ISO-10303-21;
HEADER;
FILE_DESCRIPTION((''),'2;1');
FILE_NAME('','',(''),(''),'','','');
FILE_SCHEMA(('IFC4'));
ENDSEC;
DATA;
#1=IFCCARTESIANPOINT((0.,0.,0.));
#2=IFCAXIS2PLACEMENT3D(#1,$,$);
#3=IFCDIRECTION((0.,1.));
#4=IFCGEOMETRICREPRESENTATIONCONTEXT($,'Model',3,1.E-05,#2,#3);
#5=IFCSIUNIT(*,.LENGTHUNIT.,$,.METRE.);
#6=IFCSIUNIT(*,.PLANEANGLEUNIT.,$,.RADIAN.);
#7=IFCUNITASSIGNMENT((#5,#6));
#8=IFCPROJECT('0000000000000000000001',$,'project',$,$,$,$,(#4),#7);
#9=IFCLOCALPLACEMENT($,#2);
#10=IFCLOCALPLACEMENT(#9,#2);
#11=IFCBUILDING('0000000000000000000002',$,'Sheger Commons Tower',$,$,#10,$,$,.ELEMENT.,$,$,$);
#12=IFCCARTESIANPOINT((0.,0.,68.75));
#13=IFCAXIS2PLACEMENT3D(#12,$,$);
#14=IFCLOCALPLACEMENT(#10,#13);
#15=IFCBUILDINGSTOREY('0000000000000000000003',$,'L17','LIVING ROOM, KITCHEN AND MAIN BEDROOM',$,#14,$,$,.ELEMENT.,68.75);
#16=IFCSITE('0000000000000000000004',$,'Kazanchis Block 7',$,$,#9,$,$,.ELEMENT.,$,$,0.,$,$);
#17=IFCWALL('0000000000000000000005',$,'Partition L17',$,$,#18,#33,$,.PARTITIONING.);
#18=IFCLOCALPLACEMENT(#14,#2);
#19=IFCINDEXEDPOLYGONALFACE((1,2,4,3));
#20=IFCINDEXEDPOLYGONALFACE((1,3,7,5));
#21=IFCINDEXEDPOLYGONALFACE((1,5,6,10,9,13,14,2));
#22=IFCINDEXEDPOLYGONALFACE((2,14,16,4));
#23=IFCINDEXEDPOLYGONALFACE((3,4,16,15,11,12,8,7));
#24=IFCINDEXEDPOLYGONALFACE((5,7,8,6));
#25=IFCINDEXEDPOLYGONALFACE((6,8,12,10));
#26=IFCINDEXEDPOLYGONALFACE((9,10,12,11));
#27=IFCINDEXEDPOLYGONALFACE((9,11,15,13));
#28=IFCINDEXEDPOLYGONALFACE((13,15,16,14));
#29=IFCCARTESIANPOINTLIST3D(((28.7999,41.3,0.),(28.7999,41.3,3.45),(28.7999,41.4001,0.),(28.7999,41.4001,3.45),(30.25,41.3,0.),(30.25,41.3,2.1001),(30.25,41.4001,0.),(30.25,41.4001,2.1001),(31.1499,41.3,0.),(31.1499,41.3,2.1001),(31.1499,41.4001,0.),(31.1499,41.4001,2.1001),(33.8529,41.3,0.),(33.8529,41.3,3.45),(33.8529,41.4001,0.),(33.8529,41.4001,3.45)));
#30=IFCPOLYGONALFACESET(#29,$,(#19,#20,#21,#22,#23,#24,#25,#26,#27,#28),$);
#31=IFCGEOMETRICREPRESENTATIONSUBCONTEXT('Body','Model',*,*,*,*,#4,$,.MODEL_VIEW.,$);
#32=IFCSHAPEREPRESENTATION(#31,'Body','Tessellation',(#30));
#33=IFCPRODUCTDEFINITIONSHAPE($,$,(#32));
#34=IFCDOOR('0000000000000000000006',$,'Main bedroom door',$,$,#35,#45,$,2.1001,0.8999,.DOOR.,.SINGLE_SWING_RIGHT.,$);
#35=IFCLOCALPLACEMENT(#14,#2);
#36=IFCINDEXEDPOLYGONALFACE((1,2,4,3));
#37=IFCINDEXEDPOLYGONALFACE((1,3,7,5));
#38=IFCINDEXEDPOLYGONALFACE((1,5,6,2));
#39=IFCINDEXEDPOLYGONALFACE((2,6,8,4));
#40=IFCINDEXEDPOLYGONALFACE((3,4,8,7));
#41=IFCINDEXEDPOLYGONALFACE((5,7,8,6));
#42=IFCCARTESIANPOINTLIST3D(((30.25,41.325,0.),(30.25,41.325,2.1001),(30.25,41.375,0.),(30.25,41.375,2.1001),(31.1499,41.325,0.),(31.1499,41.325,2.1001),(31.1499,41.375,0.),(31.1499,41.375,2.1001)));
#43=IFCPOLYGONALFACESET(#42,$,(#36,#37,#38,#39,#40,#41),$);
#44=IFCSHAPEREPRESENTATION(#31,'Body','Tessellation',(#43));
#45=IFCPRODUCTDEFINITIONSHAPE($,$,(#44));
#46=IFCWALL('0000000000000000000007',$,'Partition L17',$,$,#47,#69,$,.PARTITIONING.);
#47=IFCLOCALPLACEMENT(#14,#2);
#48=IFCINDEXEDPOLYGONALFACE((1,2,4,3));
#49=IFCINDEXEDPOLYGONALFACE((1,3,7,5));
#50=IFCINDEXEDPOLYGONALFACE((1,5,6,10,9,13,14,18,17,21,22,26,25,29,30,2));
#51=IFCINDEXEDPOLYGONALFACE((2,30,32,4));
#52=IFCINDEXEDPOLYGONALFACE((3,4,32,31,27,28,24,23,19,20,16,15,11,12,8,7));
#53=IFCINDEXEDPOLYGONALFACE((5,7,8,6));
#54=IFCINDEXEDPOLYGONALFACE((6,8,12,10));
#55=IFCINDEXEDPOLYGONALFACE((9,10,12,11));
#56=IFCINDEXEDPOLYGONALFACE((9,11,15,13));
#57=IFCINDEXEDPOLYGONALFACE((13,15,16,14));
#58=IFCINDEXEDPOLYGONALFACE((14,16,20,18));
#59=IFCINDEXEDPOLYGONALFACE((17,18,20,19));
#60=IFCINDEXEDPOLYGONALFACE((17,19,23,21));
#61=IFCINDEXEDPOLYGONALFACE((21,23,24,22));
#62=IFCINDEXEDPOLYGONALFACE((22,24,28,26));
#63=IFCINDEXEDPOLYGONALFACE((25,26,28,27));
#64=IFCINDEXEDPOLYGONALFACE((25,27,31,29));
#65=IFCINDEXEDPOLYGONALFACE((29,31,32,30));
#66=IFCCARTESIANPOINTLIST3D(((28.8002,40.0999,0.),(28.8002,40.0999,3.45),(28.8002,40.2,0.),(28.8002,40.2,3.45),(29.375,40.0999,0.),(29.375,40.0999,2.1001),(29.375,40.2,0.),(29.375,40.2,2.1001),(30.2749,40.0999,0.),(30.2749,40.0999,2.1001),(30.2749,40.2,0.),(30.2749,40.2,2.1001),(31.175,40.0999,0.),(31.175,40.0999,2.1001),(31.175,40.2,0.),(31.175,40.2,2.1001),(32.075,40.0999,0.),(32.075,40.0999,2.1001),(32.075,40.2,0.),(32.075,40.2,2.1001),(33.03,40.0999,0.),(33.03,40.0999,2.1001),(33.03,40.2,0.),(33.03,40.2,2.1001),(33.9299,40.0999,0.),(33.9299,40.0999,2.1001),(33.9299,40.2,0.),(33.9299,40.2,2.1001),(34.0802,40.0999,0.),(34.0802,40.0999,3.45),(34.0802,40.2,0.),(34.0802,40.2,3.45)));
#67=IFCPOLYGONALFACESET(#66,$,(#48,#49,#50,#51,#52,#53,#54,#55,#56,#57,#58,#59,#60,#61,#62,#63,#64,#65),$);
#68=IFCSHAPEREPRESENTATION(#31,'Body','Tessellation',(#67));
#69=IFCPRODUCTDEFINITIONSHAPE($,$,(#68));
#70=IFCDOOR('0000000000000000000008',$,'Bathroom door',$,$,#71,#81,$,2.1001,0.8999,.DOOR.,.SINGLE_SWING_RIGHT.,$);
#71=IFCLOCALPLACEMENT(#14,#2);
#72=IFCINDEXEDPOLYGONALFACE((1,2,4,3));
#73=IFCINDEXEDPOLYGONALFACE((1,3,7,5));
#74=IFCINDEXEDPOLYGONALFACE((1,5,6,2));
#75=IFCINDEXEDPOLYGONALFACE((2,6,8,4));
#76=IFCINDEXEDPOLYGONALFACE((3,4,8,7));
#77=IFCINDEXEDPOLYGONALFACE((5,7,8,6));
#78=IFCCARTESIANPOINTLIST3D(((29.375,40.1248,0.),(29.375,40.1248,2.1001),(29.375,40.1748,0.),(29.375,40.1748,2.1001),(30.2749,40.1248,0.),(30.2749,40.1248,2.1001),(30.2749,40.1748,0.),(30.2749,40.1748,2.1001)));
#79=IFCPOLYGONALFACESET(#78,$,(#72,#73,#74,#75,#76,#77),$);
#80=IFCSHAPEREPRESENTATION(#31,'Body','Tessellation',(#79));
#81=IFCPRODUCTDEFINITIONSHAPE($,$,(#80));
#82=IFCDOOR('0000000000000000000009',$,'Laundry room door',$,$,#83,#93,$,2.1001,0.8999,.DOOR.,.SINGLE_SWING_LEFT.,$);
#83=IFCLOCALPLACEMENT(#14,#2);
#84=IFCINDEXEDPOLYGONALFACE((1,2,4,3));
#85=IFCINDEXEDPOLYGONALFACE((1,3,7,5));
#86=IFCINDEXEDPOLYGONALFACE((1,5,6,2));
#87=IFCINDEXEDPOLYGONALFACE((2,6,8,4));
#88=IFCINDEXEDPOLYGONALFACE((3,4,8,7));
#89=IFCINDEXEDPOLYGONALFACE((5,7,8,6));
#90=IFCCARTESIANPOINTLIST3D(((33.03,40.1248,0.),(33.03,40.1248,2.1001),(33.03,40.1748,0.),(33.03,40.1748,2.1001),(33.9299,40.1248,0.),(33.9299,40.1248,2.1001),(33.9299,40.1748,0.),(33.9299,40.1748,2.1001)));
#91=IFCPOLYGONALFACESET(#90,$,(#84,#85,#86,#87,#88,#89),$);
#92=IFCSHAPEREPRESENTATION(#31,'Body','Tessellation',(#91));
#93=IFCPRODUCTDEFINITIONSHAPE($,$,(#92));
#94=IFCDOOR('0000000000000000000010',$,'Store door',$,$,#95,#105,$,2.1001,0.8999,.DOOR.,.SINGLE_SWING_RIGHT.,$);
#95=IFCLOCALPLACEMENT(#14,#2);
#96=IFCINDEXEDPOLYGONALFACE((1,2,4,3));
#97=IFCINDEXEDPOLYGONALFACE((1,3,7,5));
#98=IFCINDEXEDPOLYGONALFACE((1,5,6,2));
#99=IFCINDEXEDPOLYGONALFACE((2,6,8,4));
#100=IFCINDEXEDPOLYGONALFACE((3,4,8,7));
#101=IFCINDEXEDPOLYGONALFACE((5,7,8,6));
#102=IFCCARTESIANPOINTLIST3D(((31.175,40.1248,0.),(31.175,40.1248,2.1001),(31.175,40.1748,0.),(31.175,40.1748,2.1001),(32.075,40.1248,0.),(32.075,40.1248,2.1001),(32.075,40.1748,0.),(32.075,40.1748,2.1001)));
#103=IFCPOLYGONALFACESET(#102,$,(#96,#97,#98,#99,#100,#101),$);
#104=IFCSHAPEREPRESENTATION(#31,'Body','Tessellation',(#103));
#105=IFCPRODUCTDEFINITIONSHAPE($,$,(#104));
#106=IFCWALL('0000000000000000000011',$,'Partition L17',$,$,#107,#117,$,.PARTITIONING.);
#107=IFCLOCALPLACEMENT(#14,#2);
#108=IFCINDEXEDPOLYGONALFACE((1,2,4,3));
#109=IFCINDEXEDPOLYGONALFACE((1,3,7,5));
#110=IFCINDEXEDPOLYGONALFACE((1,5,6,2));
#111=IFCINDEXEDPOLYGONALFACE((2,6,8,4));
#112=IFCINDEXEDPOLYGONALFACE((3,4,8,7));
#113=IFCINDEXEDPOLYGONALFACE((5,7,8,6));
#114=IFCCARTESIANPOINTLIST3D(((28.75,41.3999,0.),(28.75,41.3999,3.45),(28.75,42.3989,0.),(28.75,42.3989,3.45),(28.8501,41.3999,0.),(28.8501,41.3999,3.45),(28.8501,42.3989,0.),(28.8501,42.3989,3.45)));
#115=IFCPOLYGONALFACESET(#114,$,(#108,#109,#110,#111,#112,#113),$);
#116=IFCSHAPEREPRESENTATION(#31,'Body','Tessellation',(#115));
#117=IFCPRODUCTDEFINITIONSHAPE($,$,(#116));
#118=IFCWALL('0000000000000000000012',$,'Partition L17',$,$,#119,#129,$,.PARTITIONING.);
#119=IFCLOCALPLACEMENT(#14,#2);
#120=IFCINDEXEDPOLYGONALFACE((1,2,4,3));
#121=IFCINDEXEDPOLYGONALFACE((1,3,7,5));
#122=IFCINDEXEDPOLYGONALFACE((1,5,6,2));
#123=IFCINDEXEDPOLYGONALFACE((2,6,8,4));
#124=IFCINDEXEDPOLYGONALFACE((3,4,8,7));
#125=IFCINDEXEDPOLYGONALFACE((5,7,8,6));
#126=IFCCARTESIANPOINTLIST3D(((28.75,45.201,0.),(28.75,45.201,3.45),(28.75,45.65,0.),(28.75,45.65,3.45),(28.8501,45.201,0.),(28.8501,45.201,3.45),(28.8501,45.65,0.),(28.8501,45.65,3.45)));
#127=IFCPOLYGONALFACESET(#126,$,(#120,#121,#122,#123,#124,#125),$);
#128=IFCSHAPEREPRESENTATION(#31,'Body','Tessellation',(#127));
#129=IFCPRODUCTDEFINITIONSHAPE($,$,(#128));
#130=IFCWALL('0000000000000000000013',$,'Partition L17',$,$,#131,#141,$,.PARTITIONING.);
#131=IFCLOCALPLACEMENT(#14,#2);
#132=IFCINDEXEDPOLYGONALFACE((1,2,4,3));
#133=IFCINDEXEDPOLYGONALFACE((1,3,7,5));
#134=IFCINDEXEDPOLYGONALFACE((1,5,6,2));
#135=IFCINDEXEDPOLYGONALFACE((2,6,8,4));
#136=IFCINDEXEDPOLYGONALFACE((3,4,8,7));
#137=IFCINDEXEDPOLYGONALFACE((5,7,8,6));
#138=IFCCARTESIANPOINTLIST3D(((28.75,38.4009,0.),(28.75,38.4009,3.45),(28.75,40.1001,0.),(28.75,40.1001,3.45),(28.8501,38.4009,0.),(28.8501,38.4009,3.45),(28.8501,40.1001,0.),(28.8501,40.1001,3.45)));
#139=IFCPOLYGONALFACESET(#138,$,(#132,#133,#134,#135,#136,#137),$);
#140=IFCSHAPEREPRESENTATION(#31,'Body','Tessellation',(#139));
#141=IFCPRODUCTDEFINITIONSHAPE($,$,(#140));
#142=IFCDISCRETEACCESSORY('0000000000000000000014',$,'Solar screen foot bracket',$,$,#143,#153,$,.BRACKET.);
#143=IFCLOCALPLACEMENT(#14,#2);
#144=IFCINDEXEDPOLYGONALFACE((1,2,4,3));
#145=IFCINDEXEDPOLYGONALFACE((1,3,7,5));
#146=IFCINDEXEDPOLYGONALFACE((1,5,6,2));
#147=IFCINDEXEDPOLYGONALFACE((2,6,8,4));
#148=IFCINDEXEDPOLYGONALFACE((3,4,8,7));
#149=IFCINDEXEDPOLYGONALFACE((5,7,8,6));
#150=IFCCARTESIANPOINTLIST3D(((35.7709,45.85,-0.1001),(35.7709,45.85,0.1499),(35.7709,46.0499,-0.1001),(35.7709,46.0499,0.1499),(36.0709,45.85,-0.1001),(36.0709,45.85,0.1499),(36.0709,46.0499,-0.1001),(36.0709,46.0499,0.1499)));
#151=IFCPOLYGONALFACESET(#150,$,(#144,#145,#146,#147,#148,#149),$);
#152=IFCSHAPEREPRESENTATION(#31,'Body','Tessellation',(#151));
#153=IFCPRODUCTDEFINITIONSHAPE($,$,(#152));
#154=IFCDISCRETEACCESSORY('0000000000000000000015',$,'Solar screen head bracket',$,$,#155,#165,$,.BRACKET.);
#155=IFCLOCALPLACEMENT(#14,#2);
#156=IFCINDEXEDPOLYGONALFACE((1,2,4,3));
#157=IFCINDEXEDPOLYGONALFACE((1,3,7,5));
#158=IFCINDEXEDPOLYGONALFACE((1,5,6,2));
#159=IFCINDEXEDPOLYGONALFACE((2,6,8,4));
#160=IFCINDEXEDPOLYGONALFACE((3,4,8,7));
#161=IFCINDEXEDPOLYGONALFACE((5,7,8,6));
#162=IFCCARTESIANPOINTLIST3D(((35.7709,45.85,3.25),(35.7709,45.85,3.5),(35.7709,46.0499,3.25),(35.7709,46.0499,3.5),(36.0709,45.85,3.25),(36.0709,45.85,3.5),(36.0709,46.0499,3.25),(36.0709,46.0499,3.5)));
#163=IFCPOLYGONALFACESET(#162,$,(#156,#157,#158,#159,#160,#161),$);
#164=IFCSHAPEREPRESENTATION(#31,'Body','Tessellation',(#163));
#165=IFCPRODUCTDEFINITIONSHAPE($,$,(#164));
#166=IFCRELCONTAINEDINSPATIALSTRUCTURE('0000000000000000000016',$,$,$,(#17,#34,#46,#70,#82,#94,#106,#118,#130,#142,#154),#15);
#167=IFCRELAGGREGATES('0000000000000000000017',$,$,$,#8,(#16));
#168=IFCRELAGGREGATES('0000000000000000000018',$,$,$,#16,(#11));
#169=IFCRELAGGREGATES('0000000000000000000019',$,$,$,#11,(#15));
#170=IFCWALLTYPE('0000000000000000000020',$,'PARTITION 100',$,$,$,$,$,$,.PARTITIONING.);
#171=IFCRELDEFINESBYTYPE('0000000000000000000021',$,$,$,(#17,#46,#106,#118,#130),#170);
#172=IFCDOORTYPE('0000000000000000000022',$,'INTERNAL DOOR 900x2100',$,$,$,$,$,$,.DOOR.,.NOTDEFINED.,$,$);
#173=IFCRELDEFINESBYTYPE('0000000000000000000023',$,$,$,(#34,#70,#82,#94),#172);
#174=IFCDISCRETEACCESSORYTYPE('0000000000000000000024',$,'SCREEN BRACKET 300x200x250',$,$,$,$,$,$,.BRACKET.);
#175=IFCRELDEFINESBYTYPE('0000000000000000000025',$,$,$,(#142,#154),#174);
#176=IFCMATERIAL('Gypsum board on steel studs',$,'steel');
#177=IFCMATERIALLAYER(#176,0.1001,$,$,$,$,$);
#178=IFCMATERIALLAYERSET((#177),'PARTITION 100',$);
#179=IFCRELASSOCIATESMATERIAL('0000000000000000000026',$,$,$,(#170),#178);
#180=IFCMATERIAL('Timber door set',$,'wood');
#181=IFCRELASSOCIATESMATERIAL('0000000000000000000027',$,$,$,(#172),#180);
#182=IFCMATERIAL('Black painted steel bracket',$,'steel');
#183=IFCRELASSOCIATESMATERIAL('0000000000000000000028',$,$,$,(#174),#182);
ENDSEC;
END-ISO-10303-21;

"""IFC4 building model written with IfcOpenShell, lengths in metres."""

from ifc_helpers import new_model, si_unit, direction, frame, frame_2d, origin, origin_2d, place, context, subcontext, project, spatial, rectangle, extrude, material, layer, layer_set, type_object, element, fill, save


model = new_model("IFC4")

# Units and contexts
model_context = context("Model", 3, precision=1e-05, world=origin(), true_north=direction((0.0, 1.0)))
body_context = subcontext(model_context, "Body", "Model", "MODEL_VIEW")
ifc_project = project(units=[si_unit("LENGTHUNIT", "METRE"), si_unit("PLANEANGLEUNIT", "RADIAN")], contexts=[model_context])

# Site, building, storey
site_placement = place(None, origin())
site = spatial("IfcSite", under=ifc_project, at=site_placement, Name="Kazanchis Block 7", CompositionType="ELEMENT", RefElevation=0.0)
building_placement = place(site_placement, origin())
building = spatial("IfcBuilding", under=site, at=building_placement, Name="Sheger Commons Tower", CompositionType="ELEMENT")
storey_placement = place(building_placement, frame((0.0, 0.0, 68.75)))
storey = spatial("IfcBuildingStorey", under=building, at=storey_placement, Name="L17", Description="LIVING ROOM, KITCHEN AND MAIN BEDROOM", CompositionType="ELEMENT", Elevation=68.75)

# Shared definitions
ifc_material_1 = material(Name="Gypsum board on steel studs", Category="steel")
ifc_layer_1 = layer(ifc_material_1, 0.1001)
ifc_layer_set_1 = layer_set([ifc_layer_1], Name="PARTITION 100")
wall_type_1 = type_object("IfcWallType", Name="PARTITION 100", PredefinedType="PARTITIONING", material=ifc_layer_set_1)

# Wall, opening, door
wall_1_placement = place(storey_placement, frame((28.8, 41.3501, 0.0), z_axis=(0.0, 0.0, 1.0), x_axis=(1.0, 0.0, 0.0)))
wall_1 = element("IfcWall", 1, at=wall_1_placement, inside=storey, type_object=wall_type_1, Name="Partition L17", PredefinedType="PARTITIONING", context=body_context, shape_type="SweptSolid", body=[
    extrude(rectangle(XDim=5.053, YDim=0.1001, at=frame_2d((2.5264, 0.0))), origin(), (0.0, 0.0, 1.0), 3.45),
])
opening_1_placement = place(wall_1_placement, frame((1.45, 0.0, 0.0)))
opening_1 = element("IfcOpeningElement", 2, at=opening_1_placement, cuts=wall_1, PredefinedType="OPENING", context=body_context, shape_type="SweptSolid", body=[
    extrude(rectangle(XDim=0.8999, YDim=2.1001, at=frame_2d((0.45, 1.05))), frame((0.0, 0.0601, 0.0), z_axis=(0.0, -1.0, 0.0), x_axis=(1.0, 0.0, 0.0)), (0.0, 0.0, 1.0), 0.1201),
])
ifc_material_2 = material(Name="Timber door set", Category="wood")
door_type_1 = type_object("IfcDoorType", Name="INTERNAL DOOR 900x2100", OperationType="NOTDEFINED", PredefinedType="DOOR", material=ifc_material_2)
door_1_placement = place(opening_1_placement, origin())
door_1 = element("IfcDoor", 3, at=door_1_placement, inside=storey, type_object=door_type_1, Name="Main bedroom door", OperationType="SINGLE_SWING_RIGHT", OverallHeight=2.1001, OverallWidth=0.8999, PredefinedType="DOOR", context=body_context, shape_type="SweptSolid", body=[
    extrude(rectangle(XDim=0.8999, YDim=2.1001, at=frame_2d((0.45, 1.05))), frame((0.0, 0.0249, 0.0), z_axis=(0.0, -1.0, 0.0), x_axis=(1.0, 0.0, 0.0)), (0.0, 0.0, 1.0), 0.05),
])
fill(opening_1, door_1)

# Wall, openings, doors
wall_2_placement = place(storey_placement, frame((28.8, 40.1499, 0.0), z_axis=(0.0, 0.0, 1.0), x_axis=(1.0, 0.0, 0.0)))
wall_2 = element("IfcWall", 4, at=wall_2_placement, inside=storey, type_object=wall_type_1, Name="Partition L17", PredefinedType="PARTITIONING", context=body_context, shape_type="SweptSolid", body=[
    extrude(rectangle(XDim=5.28, YDim=0.1001, at=frame_2d((2.6401, 0.0))), origin(), (0.0, 0.0, 1.0), 3.45),
])
opening_2_placement = place(wall_2_placement, frame((0.575, 0.0, 0.0)))
opening_2 = element("IfcOpeningElement", 5, at=opening_2_placement, cuts=wall_2, PredefinedType="OPENING", context=body_context, shape_type="SweptSolid", body=[
    extrude(rectangle(XDim=0.8999, YDim=2.1001, at=frame_2d((0.45, 1.05))), frame((0.0, 0.0601, 0.0), z_axis=(0.0, -1.0, 0.0), x_axis=(1.0, 0.0, 0.0)), (0.0, 0.0, 1.0), 0.1201),
])
opening_3_placement = place(wall_2_placement, frame((4.23, 0.0, 0.0)))
opening_3 = element("IfcOpeningElement", 6, at=opening_3_placement, cuts=wall_2, PredefinedType="OPENING", context=body_context, shape_type="SweptSolid", body=[
    extrude(rectangle(XDim=0.8999, YDim=2.1001, at=frame_2d((0.45, 1.05))), frame((0.0, 0.0601, 0.0), z_axis=(0.0, -1.0, 0.0), x_axis=(1.0, 0.0, 0.0)), (0.0, 0.0, 1.0), 0.1201),
])
opening_4_placement = place(wall_2_placement, frame((2.375, 0.0, 0.0)))
opening_4 = element("IfcOpeningElement", 7, at=opening_4_placement, cuts=wall_2, PredefinedType="OPENING", context=body_context, shape_type="SweptSolid", body=[
    extrude(rectangle(XDim=0.8999, YDim=2.1001, at=frame_2d((0.45, 1.05))), frame((0.0, 0.0601, 0.0), z_axis=(0.0, -1.0, 0.0), x_axis=(1.0, 0.0, 0.0)), (0.0, 0.0, 1.0), 0.1201),
])
door_2_placement = place(opening_2_placement, origin())
door_2 = element("IfcDoor", 8, at=door_2_placement, inside=storey, type_object=door_type_1, Name="Bathroom door", OperationType="SINGLE_SWING_RIGHT", OverallHeight=2.1001, OverallWidth=0.8999, PredefinedType="DOOR", context=body_context, shape_type="SweptSolid", body=[
    extrude(rectangle(XDim=0.8999, YDim=2.1001, at=frame_2d((0.45, 1.05))), frame((0.0, 0.0249, 0.0), z_axis=(0.0, -1.0, 0.0), x_axis=(1.0, 0.0, 0.0)), (0.0, 0.0, 1.0), 0.05),
])
fill(opening_2, door_2)
door_3_placement = place(opening_3_placement, origin())
door_3 = element("IfcDoor", 9, at=door_3_placement, inside=storey, type_object=door_type_1, Name="Laundry room door", OperationType="SINGLE_SWING_LEFT", OverallHeight=2.1001, OverallWidth=0.8999, PredefinedType="DOOR", context=body_context, shape_type="SweptSolid", body=[
    extrude(rectangle(XDim=0.8999, YDim=2.1001, at=frame_2d((0.45, 1.05))), frame((0.0, 0.0249, 0.0), z_axis=(0.0, -1.0, 0.0), x_axis=(1.0, 0.0, 0.0)), (0.0, 0.0, 1.0), 0.05),
])
fill(opening_3, door_3)
door_4_placement = place(opening_4_placement, origin())
door_4 = element("IfcDoor", 10, at=door_4_placement, inside=storey, type_object=door_type_1, Name="Store door", OperationType="SINGLE_SWING_RIGHT", OverallHeight=2.1001, OverallWidth=0.8999, PredefinedType="DOOR", context=body_context, shape_type="SweptSolid", body=[
    extrude(rectangle(XDim=0.8999, YDim=2.1001, at=frame_2d((0.45, 1.05))), frame((0.0, 0.0249, 0.0), z_axis=(0.0, -1.0, 0.0), x_axis=(1.0, 0.0, 0.0)), (0.0, 0.0, 1.0), 0.05),
])
fill(opening_4, door_4)

# Walls
wall_3_placement = place(storey_placement, frame((28.8, 41.3999, 0.0), z_axis=(0.0, 0.0, 1.0), x_axis=(0.0, 1.0, 0.0)))
element("IfcWall", 11, at=wall_3_placement, inside=storey, type_object=wall_type_1, Name="Partition L17", PredefinedType="PARTITIONING", context=body_context, shape_type="SweptSolid", body=[
    extrude(rectangle(XDim=0.999, YDim=0.1001, at=frame_2d((0.4995, 0.0))), origin(), (0.0, 0.0, 1.0), 3.45),
])
wall_4_placement = place(storey_placement, frame((28.8, 45.2009, 0.0), z_axis=(0.0, 0.0, 1.0), x_axis=(0.0, 1.0, 0.0)))
element("IfcWall", 12, at=wall_4_placement, inside=storey, type_object=wall_type_1, Name="Partition L17", PredefinedType="PARTITIONING", context=body_context, shape_type="SweptSolid", body=[
    extrude(rectangle(XDim=0.449, YDim=0.1001, at=frame_2d((0.2246, 0.0))), origin(), (0.0, 0.0, 1.0), 3.45),
])
wall_5_placement = place(storey_placement, frame((28.8, 38.4009, 0.0), z_axis=(0.0, 0.0, 1.0), x_axis=(0.0, 1.0, 0.0)))
element("IfcWall", 13, at=wall_5_placement, inside=storey, type_object=wall_type_1, Name="Partition L17", PredefinedType="PARTITIONING", context=body_context, shape_type="SweptSolid", body=[
    extrude(rectangle(XDim=1.6992, YDim=0.1001, at=frame_2d((0.8496, 0.0))), origin(), (0.0, 0.0, 1.0), 3.45),
])

# Discrete accessories
ifc_material_3 = material(Name="Black painted steel bracket", Category="steel")
discrete_accessory_type = type_object("IfcDiscreteAccessoryType", Name="SCREEN BRACKET 300x200x250", PredefinedType="BRACKET", material=ifc_material_3)
for number, where, z_axis, x_axis, name in (
    (14, (35.9209, 45.95, -0.1001), (0.0, 0.0, 1.0), (-1.0, 0.0, 0.0), "Solar screen foot bracket"),
    (15, (35.9209, 45.95, 3.25), (0.0, 0.0, 1.0), (-1.0, 0.0, 0.0), "Solar screen head bracket"),
):
    element("IfcDiscreteAccessory", number, at=place(storey_placement, frame(where, z_axis=z_axis, x_axis=x_axis)), inside=storey, type_object=discrete_accessory_type, Name=name, PredefinedType="BRACKET", context=body_context, shape_type="SweptSolid", body=[
        extrude(rectangle(XDim=0.3, YDim=0.2, at=origin_2d()), origin(), (0.0, 0.0, 1.0), 0.25),
    ])

save(model, "model.ifc")
